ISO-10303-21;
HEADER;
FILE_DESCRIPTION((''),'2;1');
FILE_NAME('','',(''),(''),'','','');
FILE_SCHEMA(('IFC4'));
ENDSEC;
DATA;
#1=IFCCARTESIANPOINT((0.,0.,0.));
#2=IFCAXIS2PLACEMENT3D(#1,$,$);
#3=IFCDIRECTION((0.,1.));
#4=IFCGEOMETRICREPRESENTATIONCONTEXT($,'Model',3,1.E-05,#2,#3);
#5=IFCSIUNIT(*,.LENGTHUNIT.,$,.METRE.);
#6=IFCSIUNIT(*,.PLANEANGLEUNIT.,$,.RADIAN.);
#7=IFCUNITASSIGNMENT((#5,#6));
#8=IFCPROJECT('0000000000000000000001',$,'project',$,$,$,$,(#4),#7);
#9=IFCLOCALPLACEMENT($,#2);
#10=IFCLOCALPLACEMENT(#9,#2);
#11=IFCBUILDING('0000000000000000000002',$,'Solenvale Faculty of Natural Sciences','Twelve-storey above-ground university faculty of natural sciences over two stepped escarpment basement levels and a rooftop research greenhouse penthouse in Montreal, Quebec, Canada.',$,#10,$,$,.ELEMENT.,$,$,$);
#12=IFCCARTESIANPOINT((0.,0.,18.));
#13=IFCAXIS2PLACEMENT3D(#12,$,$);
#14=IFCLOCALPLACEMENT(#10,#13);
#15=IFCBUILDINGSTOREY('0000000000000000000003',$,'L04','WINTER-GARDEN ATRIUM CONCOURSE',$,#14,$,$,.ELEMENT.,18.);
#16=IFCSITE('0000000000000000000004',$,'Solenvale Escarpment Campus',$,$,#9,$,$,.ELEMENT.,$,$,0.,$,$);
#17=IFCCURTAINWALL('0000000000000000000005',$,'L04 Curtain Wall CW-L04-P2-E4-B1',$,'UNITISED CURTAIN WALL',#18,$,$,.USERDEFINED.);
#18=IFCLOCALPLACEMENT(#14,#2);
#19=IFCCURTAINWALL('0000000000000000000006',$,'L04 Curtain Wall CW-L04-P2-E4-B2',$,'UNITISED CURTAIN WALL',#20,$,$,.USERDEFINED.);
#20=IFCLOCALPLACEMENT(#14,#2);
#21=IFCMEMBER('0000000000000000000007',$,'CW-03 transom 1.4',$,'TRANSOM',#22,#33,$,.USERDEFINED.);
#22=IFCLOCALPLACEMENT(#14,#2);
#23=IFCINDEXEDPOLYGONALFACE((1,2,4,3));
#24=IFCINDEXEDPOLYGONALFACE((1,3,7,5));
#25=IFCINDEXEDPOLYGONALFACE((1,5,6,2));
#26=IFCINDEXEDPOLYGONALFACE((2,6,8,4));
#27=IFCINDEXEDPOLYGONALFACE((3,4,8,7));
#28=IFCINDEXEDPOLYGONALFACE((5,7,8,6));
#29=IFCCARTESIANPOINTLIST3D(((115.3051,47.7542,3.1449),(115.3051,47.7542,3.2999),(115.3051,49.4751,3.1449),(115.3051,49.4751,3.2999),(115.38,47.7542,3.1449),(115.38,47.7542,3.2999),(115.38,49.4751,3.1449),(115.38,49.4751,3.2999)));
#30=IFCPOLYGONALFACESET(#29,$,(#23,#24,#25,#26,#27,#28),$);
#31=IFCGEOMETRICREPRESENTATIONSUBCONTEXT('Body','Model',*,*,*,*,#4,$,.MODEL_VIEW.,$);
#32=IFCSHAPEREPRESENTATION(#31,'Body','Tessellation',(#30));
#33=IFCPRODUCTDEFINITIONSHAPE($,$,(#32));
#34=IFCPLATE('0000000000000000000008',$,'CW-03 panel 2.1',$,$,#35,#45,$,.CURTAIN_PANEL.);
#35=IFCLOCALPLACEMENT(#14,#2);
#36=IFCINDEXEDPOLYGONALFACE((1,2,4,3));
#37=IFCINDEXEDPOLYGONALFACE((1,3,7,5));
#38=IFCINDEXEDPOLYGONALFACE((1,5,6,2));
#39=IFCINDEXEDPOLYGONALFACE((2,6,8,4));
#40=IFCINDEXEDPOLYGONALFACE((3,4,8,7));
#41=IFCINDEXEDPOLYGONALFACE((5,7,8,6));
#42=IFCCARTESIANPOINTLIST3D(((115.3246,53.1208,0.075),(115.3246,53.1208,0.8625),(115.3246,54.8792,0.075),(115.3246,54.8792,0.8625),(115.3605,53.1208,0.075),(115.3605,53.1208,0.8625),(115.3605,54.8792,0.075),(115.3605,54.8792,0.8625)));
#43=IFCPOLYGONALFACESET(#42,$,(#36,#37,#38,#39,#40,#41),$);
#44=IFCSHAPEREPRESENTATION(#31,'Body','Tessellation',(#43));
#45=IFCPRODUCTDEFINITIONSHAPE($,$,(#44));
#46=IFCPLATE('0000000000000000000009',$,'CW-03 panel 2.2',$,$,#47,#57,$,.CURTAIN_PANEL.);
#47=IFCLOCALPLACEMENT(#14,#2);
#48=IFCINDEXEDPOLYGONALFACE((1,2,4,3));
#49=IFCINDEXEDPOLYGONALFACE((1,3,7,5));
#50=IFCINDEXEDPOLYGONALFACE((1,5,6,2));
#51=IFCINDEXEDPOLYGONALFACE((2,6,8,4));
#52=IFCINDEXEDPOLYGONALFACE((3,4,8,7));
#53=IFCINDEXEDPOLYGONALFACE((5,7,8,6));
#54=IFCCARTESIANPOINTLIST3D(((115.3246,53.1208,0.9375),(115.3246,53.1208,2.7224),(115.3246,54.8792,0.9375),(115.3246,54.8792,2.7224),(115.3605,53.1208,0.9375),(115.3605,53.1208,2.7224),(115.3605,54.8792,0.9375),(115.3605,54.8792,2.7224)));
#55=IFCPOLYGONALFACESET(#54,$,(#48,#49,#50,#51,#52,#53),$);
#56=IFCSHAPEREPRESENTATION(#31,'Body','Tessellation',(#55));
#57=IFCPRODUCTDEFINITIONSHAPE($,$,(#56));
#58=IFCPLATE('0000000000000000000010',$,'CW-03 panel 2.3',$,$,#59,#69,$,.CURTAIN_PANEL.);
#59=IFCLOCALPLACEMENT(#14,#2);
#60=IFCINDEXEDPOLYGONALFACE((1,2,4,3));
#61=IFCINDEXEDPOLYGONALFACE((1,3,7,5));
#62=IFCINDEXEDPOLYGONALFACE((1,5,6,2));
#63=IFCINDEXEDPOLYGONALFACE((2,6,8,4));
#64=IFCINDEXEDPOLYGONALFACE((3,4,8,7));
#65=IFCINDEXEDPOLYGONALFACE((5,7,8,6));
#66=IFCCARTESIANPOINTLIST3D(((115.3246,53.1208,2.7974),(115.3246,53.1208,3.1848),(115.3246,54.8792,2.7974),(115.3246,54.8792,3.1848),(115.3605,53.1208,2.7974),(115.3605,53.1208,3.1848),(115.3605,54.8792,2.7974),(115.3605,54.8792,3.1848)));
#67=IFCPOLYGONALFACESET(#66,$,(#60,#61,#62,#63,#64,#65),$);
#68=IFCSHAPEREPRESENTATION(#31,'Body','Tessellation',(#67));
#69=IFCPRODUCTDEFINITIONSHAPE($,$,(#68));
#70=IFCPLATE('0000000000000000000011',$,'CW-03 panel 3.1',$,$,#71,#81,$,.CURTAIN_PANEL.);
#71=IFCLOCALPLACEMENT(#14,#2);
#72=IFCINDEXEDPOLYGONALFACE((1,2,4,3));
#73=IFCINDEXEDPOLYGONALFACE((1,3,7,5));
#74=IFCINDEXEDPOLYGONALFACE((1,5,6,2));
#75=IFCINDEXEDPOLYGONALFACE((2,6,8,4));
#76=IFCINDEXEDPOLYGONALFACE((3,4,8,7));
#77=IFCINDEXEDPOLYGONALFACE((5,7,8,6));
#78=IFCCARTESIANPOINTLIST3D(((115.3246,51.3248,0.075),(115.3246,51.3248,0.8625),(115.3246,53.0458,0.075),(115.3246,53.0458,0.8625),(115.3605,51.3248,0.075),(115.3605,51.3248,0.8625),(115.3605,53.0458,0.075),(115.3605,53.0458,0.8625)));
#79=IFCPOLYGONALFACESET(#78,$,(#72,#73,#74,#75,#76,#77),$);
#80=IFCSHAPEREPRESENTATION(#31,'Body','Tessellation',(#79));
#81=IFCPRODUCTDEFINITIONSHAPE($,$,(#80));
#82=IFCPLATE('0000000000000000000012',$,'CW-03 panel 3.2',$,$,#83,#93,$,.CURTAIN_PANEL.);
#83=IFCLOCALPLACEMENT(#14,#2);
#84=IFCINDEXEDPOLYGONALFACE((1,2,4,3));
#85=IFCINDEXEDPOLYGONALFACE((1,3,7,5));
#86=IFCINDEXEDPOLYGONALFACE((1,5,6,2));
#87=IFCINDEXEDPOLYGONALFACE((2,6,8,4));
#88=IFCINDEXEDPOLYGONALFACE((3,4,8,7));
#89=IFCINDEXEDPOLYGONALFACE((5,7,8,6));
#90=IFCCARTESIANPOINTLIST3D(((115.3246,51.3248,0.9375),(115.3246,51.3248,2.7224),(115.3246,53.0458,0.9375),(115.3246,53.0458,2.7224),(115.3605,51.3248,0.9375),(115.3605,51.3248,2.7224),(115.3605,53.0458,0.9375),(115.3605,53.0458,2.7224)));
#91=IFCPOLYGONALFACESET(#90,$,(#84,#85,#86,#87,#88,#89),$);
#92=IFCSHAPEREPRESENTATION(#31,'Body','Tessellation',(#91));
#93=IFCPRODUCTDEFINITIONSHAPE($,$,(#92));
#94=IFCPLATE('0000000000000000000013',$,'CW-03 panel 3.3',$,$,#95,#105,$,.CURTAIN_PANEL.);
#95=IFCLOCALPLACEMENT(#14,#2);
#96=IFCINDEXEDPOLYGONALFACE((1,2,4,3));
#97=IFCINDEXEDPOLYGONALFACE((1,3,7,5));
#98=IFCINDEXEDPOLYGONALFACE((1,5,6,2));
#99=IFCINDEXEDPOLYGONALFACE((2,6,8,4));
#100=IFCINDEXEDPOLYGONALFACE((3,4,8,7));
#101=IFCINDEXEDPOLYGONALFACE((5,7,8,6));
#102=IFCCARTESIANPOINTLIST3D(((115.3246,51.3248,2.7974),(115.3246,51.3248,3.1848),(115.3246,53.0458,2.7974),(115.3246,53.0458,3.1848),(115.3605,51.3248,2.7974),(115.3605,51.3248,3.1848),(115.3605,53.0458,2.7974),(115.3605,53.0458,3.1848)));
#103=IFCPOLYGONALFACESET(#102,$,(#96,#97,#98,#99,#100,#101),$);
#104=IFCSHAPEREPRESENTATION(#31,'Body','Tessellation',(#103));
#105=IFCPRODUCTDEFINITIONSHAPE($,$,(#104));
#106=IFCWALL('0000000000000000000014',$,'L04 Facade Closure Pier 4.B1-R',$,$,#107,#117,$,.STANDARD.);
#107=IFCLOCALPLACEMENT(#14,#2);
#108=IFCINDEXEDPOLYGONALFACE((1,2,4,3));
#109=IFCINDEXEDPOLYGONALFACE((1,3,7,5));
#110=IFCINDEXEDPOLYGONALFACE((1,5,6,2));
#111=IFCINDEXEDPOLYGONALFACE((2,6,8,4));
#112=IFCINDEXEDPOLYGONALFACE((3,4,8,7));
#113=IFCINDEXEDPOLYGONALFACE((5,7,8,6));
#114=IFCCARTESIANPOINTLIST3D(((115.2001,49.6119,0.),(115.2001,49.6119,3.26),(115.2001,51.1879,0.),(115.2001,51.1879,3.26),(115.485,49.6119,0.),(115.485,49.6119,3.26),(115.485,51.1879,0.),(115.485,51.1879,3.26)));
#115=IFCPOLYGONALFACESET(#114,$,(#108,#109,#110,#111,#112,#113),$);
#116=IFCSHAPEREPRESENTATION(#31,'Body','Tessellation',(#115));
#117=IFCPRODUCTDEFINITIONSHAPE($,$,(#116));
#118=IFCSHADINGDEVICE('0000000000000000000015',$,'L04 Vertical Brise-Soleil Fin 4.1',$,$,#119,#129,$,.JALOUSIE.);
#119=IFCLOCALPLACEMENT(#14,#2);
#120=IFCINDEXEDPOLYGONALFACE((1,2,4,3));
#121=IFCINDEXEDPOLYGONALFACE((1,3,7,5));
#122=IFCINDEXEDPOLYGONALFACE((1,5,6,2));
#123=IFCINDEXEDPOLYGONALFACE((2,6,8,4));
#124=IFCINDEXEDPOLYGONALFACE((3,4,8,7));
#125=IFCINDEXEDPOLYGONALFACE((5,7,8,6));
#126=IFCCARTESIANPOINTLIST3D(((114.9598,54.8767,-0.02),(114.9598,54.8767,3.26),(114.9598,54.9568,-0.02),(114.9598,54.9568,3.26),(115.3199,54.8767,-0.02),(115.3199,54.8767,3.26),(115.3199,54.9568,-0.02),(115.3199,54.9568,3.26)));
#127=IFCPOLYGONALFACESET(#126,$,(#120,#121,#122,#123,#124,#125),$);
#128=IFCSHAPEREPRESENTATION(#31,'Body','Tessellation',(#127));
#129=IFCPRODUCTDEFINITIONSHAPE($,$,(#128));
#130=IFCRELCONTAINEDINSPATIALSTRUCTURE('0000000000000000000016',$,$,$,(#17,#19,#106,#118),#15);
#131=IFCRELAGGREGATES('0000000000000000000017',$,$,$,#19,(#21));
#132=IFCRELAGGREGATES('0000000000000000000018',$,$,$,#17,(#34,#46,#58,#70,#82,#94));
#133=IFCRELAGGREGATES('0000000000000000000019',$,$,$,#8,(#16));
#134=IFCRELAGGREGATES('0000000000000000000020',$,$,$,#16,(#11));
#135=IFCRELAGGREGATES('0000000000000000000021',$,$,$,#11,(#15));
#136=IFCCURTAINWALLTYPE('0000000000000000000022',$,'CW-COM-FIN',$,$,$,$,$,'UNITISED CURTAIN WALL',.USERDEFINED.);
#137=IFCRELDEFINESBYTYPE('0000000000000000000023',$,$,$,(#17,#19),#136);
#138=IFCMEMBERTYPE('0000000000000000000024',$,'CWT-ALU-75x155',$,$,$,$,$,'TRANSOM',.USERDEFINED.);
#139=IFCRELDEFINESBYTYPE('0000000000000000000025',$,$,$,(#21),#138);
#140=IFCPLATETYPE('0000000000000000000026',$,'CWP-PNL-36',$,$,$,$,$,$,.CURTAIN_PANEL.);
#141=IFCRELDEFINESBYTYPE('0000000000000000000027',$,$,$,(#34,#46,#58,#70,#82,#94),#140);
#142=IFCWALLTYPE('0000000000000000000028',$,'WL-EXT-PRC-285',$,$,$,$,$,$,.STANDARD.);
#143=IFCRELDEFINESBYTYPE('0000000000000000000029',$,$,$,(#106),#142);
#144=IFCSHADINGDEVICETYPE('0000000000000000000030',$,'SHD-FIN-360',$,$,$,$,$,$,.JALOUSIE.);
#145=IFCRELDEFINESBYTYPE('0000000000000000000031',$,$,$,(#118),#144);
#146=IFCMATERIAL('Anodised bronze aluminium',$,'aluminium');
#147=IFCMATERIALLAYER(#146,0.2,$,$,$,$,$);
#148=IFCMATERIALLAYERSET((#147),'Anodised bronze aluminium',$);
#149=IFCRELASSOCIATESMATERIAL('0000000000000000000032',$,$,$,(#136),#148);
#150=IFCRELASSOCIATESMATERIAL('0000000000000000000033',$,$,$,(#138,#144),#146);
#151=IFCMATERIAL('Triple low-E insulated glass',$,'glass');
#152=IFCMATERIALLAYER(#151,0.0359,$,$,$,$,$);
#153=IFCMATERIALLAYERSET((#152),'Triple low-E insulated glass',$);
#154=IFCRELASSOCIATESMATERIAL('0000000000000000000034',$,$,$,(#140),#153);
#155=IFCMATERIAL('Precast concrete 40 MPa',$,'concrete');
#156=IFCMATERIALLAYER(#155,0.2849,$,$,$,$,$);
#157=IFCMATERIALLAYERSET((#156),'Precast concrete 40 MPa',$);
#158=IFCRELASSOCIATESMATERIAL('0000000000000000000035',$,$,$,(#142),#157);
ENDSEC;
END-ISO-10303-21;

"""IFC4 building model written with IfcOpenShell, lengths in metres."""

from ifc_helpers import new_model, si_unit, direction, frame, frame_2d, origin, origin_2d, place, context, subcontext, project, spatial, rectangle, extrude, material, layer, layer_set, material_profile, profile_set, type_object, element, aggregate, save


model = new_model("IFC4")

# Units and contexts
model_context = context("Model", 3, precision=1e-05, world=origin(), true_north=direction((0.0, 1.0)))
body_context = subcontext(model_context, "Body", "Model", "MODEL_VIEW")
ifc_project = project(units=[si_unit("LENGTHUNIT", "METRE"), si_unit("PLANEANGLEUNIT", "RADIAN")], contexts=[model_context])

# Site, building, storey
site_placement = place(None, origin())
site = spatial("IfcSite", under=ifc_project, at=site_placement, Name="Solenvale Escarpment Campus", CompositionType="ELEMENT", RefElevation=0.0)
building_placement = place(site_placement, origin())
building = spatial("IfcBuilding", under=site, at=building_placement, Name="Solenvale Faculty of Natural Sciences", Description="Twelve-storey above-ground university faculty of natural sciences over two stepped escarpment basement levels and a rooftop research greenhouse penthouse in Montreal, Quebec, Canada.", CompositionType="ELEMENT")
storey_placement = place(building_placement, frame((0.0, 0.0, 18.0)))
storey = spatial("IfcBuildingStorey", under=building, at=storey_placement, Name="L04", Description="WINTER-GARDEN ATRIUM CONCOURSE", CompositionType="ELEMENT", Elevation=18.0)

# Curtain wall
ifc_material_1 = material(Name="Anodised bronze aluminium", Category="aluminium")
ifc_layer_1 = layer(ifc_material_1, 0.2)
ifc_layer_set_1 = layer_set([ifc_layer_1], Name="Anodised bronze aluminium")
curtain_wall_type = type_object("IfcCurtainWallType", Name="CW-COM-FIN", ElementType="UNITISED CURTAIN WALL", PredefinedType="USERDEFINED", material=ifc_layer_set_1)
curtain_wall_1_placement = place(storey_placement, origin())
curtain_wall_1 = element("IfcCurtainWall", 1, at=curtain_wall_1_placement, inside=storey, type_object=curtain_wall_type, Name="L04 Curtain Wall CW-L04-P2-E4-B1", ObjectType="UNITISED CURTAIN WALL", PredefinedType="USERDEFINED")

# Curtain wall
curtain_wall_2_placement = place(storey_placement, origin())
curtain_wall_2 = element("IfcCurtainWall", 2, at=curtain_wall_2_placement, inside=storey, type_object=curtain_wall_type, Name="L04 Curtain Wall CW-L04-P2-E4-B2", ObjectType="UNITISED CURTAIN WALL", PredefinedType="USERDEFINED")

# Member
ifc_material_profile_1 = material_profile(ifc_material_1, rectangle(XDim=0.075, YDim=0.155, at=origin_2d()), Name="ALU-TRN-75x155")
ifc_profile_set_1 = profile_set([ifc_material_profile_1], Name="Anodised bronze aluminium")
member_type_1 = type_object("IfcMemberType", Name="CWT-ALU-75x155", ElementType="TRANSOM", PredefinedType="USERDEFINED", material=ifc_profile_set_1)
member_1_placement = place(storey_placement, frame((115.3425, 49.4751, 3.2224), z_axis=(0.0, -1.0, 0.0), x_axis=(1.0, 0.0, 0.0)))
member_1 = element("IfcMember", 3, at=member_1_placement, type_object=member_type_1, Name="CW-03 transom 1.4", ObjectType="TRANSOM", PredefinedType="USERDEFINED", context=body_context, shape_type="SweptSolid", body=[
    extrude(rectangle(XDim=0.075, YDim=0.155, at=origin_2d()), origin(), (0.0, 0.0, 1.0), 1.7209),
])
aggregate(curtain_wall_2, [member_1])

# Plates
ifc_material_2 = material(Name="Triple low-E insulated glass", Category="glass")
ifc_layer_2 = layer(ifc_material_2, 0.0359)
ifc_layer_set_2 = layer_set([ifc_layer_2], Name="Triple low-E insulated glass")
plate_type = type_object("IfcPlateType", Name="CWP-PNL-36", PredefinedType="CURTAIN_PANEL", material=ifc_layer_set_2)
plate_1_placement = place(storey_placement, frame((115.3425, 54.0, 0.075), z_axis=(0.0, 0.0, 1.0), x_axis=(0.0, -1.0, 0.0)))
plate_1 = element("IfcPlate", 4, at=plate_1_placement, type_object=plate_type, Name="CW-03 panel 2.1", PredefinedType="CURTAIN_PANEL", context=body_context, shape_type="SweptSolid", body=[
    extrude(rectangle(XDim=1.7583, YDim=0.0359, at=origin_2d()), origin(), (0.0, 0.0, 1.0), 0.7876),
])
plate_2_placement = place(storey_placement, frame((115.3425, 54.0, 0.9375), z_axis=(0.0, 0.0, 1.0), x_axis=(0.0, -1.0, 0.0)))
plate_2 = element("IfcPlate", 5, at=plate_2_placement, type_object=plate_type, Name="CW-03 panel 2.2", PredefinedType="CURTAIN_PANEL", context=body_context, shape_type="SweptSolid", body=[
    extrude(rectangle(XDim=1.7583, YDim=0.0359, at=origin_2d()), origin(), (0.0, 0.0, 1.0), 1.7849),
])
plate_3_placement = place(storey_placement, frame((115.3425, 54.0, 2.7974), z_axis=(0.0, 0.0, 1.0), x_axis=(0.0, -1.0, 0.0)))
plate_3 = element("IfcPlate", 6, at=plate_3_placement, type_object=plate_type, Name="CW-03 panel 2.3", PredefinedType="CURTAIN_PANEL", context=body_context, shape_type="SweptSolid", body=[
    extrude(rectangle(XDim=1.7583, YDim=0.0359, at=origin_2d()), origin(), (0.0, 0.0, 1.0), 0.3875),
])
plate_4_placement = place(storey_placement, frame((115.3425, 52.1853, 0.075), z_axis=(0.0, 0.0, 1.0), x_axis=(0.0, -1.0, 0.0)))
plate_4 = element("IfcPlate", 7, at=plate_4_placement, type_object=plate_type, Name="CW-03 panel 3.1", PredefinedType="CURTAIN_PANEL", context=body_context, shape_type="SweptSolid", body=[
    extrude(rectangle(XDim=1.7209, YDim=0.0359, at=origin_2d()), origin(), (0.0, 0.0, 1.0), 0.7876),
])
plate_5_placement = place(storey_placement, frame((115.3425, 52.1853, 0.9375), z_axis=(0.0, 0.0, 1.0), x_axis=(0.0, -1.0, 0.0)))
plate_5 = element("IfcPlate", 8, at=plate_5_placement, type_object=plate_type, Name="CW-03 panel 3.2", PredefinedType="CURTAIN_PANEL", context=body_context, shape_type="SweptSolid", body=[
    extrude(rectangle(XDim=1.7209, YDim=0.0359, at=origin_2d()), origin(), (0.0, 0.0, 1.0), 1.7849),
])
plate_6_placement = place(storey_placement, frame((115.3425, 52.1853, 2.7974), z_axis=(0.0, 0.0, 1.0), x_axis=(0.0, -1.0, 0.0)))
plate_6 = element("IfcPlate", 9, at=plate_6_placement, type_object=plate_type, Name="CW-03 panel 3.3", PredefinedType="CURTAIN_PANEL", context=body_context, shape_type="SweptSolid", body=[
    extrude(rectangle(XDim=1.7209, YDim=0.0359, at=origin_2d()), origin(), (0.0, 0.0, 1.0), 0.3875),
])
aggregate(curtain_wall_1, [plate_1, plate_2, plate_3, plate_4, plate_5, plate_6])

# Wall
ifc_material_3 = material(Name="Precast concrete 40 MPa", Category="concrete")
ifc_layer_3 = layer(ifc_material_3, 0.2849)
ifc_layer_set_3 = layer_set([ifc_layer_3], Name="Precast concrete 40 MPa")
wall_type = type_object("IfcWallType", Name="WL-EXT-PRC-285", PredefinedType="STANDARD", material=ifc_layer_set_3)
wall_placement = place(storey_placement, frame((115.3425, 51.188, 0.0), z_axis=(0.0, 0.0, 1.0), x_axis=(0.0, -1.0, 0.0)))
element("IfcWall", 10, at=wall_placement, inside=storey, type_object=wall_type, Name="L04 Facade Closure Pier 4.B1-R", PredefinedType="STANDARD", context=body_context, shape_type="SweptSolid", body=[
    extrude(rectangle(XDim=1.5759, YDim=0.2849, at=frame_2d((0.7881, 0.0))), origin(), (0.0, 0.0, 1.0), 3.26),
])

# Shading device
ifc_material_profile_2 = material_profile(ifc_material_1, rectangle(XDim=0.0801, YDim=0.3601, at=origin_2d()), Name="ALU-FIN-80x360")
ifc_profile_set_2 = profile_set([ifc_material_profile_2], Name="Anodised bronze aluminium")
shading_device_type = type_object("IfcShadingDeviceType", Name="SHD-FIN-360", PredefinedType="JALOUSIE", material=ifc_profile_set_2)
shading_device_placement = place(storey_placement, frame((115.1399, 54.9167, -0.02), z_axis=(0.0, 0.0, 1.0), x_axis=(0.0, 1.0, 0.0)))
element("IfcShadingDevice", 11, at=shading_device_placement, inside=storey, type_object=shading_device_type, Name="L04 Vertical Brise-Soleil Fin 4.1", PredefinedType="JALOUSIE", context=body_context, shape_type="SweptSolid", body=[
    extrude(rectangle(XDim=0.0801, YDim=0.3601, at=origin_2d()), origin(), (0.0, 0.0, 1.0), 3.28),
])

save(model, "model.ifc")
